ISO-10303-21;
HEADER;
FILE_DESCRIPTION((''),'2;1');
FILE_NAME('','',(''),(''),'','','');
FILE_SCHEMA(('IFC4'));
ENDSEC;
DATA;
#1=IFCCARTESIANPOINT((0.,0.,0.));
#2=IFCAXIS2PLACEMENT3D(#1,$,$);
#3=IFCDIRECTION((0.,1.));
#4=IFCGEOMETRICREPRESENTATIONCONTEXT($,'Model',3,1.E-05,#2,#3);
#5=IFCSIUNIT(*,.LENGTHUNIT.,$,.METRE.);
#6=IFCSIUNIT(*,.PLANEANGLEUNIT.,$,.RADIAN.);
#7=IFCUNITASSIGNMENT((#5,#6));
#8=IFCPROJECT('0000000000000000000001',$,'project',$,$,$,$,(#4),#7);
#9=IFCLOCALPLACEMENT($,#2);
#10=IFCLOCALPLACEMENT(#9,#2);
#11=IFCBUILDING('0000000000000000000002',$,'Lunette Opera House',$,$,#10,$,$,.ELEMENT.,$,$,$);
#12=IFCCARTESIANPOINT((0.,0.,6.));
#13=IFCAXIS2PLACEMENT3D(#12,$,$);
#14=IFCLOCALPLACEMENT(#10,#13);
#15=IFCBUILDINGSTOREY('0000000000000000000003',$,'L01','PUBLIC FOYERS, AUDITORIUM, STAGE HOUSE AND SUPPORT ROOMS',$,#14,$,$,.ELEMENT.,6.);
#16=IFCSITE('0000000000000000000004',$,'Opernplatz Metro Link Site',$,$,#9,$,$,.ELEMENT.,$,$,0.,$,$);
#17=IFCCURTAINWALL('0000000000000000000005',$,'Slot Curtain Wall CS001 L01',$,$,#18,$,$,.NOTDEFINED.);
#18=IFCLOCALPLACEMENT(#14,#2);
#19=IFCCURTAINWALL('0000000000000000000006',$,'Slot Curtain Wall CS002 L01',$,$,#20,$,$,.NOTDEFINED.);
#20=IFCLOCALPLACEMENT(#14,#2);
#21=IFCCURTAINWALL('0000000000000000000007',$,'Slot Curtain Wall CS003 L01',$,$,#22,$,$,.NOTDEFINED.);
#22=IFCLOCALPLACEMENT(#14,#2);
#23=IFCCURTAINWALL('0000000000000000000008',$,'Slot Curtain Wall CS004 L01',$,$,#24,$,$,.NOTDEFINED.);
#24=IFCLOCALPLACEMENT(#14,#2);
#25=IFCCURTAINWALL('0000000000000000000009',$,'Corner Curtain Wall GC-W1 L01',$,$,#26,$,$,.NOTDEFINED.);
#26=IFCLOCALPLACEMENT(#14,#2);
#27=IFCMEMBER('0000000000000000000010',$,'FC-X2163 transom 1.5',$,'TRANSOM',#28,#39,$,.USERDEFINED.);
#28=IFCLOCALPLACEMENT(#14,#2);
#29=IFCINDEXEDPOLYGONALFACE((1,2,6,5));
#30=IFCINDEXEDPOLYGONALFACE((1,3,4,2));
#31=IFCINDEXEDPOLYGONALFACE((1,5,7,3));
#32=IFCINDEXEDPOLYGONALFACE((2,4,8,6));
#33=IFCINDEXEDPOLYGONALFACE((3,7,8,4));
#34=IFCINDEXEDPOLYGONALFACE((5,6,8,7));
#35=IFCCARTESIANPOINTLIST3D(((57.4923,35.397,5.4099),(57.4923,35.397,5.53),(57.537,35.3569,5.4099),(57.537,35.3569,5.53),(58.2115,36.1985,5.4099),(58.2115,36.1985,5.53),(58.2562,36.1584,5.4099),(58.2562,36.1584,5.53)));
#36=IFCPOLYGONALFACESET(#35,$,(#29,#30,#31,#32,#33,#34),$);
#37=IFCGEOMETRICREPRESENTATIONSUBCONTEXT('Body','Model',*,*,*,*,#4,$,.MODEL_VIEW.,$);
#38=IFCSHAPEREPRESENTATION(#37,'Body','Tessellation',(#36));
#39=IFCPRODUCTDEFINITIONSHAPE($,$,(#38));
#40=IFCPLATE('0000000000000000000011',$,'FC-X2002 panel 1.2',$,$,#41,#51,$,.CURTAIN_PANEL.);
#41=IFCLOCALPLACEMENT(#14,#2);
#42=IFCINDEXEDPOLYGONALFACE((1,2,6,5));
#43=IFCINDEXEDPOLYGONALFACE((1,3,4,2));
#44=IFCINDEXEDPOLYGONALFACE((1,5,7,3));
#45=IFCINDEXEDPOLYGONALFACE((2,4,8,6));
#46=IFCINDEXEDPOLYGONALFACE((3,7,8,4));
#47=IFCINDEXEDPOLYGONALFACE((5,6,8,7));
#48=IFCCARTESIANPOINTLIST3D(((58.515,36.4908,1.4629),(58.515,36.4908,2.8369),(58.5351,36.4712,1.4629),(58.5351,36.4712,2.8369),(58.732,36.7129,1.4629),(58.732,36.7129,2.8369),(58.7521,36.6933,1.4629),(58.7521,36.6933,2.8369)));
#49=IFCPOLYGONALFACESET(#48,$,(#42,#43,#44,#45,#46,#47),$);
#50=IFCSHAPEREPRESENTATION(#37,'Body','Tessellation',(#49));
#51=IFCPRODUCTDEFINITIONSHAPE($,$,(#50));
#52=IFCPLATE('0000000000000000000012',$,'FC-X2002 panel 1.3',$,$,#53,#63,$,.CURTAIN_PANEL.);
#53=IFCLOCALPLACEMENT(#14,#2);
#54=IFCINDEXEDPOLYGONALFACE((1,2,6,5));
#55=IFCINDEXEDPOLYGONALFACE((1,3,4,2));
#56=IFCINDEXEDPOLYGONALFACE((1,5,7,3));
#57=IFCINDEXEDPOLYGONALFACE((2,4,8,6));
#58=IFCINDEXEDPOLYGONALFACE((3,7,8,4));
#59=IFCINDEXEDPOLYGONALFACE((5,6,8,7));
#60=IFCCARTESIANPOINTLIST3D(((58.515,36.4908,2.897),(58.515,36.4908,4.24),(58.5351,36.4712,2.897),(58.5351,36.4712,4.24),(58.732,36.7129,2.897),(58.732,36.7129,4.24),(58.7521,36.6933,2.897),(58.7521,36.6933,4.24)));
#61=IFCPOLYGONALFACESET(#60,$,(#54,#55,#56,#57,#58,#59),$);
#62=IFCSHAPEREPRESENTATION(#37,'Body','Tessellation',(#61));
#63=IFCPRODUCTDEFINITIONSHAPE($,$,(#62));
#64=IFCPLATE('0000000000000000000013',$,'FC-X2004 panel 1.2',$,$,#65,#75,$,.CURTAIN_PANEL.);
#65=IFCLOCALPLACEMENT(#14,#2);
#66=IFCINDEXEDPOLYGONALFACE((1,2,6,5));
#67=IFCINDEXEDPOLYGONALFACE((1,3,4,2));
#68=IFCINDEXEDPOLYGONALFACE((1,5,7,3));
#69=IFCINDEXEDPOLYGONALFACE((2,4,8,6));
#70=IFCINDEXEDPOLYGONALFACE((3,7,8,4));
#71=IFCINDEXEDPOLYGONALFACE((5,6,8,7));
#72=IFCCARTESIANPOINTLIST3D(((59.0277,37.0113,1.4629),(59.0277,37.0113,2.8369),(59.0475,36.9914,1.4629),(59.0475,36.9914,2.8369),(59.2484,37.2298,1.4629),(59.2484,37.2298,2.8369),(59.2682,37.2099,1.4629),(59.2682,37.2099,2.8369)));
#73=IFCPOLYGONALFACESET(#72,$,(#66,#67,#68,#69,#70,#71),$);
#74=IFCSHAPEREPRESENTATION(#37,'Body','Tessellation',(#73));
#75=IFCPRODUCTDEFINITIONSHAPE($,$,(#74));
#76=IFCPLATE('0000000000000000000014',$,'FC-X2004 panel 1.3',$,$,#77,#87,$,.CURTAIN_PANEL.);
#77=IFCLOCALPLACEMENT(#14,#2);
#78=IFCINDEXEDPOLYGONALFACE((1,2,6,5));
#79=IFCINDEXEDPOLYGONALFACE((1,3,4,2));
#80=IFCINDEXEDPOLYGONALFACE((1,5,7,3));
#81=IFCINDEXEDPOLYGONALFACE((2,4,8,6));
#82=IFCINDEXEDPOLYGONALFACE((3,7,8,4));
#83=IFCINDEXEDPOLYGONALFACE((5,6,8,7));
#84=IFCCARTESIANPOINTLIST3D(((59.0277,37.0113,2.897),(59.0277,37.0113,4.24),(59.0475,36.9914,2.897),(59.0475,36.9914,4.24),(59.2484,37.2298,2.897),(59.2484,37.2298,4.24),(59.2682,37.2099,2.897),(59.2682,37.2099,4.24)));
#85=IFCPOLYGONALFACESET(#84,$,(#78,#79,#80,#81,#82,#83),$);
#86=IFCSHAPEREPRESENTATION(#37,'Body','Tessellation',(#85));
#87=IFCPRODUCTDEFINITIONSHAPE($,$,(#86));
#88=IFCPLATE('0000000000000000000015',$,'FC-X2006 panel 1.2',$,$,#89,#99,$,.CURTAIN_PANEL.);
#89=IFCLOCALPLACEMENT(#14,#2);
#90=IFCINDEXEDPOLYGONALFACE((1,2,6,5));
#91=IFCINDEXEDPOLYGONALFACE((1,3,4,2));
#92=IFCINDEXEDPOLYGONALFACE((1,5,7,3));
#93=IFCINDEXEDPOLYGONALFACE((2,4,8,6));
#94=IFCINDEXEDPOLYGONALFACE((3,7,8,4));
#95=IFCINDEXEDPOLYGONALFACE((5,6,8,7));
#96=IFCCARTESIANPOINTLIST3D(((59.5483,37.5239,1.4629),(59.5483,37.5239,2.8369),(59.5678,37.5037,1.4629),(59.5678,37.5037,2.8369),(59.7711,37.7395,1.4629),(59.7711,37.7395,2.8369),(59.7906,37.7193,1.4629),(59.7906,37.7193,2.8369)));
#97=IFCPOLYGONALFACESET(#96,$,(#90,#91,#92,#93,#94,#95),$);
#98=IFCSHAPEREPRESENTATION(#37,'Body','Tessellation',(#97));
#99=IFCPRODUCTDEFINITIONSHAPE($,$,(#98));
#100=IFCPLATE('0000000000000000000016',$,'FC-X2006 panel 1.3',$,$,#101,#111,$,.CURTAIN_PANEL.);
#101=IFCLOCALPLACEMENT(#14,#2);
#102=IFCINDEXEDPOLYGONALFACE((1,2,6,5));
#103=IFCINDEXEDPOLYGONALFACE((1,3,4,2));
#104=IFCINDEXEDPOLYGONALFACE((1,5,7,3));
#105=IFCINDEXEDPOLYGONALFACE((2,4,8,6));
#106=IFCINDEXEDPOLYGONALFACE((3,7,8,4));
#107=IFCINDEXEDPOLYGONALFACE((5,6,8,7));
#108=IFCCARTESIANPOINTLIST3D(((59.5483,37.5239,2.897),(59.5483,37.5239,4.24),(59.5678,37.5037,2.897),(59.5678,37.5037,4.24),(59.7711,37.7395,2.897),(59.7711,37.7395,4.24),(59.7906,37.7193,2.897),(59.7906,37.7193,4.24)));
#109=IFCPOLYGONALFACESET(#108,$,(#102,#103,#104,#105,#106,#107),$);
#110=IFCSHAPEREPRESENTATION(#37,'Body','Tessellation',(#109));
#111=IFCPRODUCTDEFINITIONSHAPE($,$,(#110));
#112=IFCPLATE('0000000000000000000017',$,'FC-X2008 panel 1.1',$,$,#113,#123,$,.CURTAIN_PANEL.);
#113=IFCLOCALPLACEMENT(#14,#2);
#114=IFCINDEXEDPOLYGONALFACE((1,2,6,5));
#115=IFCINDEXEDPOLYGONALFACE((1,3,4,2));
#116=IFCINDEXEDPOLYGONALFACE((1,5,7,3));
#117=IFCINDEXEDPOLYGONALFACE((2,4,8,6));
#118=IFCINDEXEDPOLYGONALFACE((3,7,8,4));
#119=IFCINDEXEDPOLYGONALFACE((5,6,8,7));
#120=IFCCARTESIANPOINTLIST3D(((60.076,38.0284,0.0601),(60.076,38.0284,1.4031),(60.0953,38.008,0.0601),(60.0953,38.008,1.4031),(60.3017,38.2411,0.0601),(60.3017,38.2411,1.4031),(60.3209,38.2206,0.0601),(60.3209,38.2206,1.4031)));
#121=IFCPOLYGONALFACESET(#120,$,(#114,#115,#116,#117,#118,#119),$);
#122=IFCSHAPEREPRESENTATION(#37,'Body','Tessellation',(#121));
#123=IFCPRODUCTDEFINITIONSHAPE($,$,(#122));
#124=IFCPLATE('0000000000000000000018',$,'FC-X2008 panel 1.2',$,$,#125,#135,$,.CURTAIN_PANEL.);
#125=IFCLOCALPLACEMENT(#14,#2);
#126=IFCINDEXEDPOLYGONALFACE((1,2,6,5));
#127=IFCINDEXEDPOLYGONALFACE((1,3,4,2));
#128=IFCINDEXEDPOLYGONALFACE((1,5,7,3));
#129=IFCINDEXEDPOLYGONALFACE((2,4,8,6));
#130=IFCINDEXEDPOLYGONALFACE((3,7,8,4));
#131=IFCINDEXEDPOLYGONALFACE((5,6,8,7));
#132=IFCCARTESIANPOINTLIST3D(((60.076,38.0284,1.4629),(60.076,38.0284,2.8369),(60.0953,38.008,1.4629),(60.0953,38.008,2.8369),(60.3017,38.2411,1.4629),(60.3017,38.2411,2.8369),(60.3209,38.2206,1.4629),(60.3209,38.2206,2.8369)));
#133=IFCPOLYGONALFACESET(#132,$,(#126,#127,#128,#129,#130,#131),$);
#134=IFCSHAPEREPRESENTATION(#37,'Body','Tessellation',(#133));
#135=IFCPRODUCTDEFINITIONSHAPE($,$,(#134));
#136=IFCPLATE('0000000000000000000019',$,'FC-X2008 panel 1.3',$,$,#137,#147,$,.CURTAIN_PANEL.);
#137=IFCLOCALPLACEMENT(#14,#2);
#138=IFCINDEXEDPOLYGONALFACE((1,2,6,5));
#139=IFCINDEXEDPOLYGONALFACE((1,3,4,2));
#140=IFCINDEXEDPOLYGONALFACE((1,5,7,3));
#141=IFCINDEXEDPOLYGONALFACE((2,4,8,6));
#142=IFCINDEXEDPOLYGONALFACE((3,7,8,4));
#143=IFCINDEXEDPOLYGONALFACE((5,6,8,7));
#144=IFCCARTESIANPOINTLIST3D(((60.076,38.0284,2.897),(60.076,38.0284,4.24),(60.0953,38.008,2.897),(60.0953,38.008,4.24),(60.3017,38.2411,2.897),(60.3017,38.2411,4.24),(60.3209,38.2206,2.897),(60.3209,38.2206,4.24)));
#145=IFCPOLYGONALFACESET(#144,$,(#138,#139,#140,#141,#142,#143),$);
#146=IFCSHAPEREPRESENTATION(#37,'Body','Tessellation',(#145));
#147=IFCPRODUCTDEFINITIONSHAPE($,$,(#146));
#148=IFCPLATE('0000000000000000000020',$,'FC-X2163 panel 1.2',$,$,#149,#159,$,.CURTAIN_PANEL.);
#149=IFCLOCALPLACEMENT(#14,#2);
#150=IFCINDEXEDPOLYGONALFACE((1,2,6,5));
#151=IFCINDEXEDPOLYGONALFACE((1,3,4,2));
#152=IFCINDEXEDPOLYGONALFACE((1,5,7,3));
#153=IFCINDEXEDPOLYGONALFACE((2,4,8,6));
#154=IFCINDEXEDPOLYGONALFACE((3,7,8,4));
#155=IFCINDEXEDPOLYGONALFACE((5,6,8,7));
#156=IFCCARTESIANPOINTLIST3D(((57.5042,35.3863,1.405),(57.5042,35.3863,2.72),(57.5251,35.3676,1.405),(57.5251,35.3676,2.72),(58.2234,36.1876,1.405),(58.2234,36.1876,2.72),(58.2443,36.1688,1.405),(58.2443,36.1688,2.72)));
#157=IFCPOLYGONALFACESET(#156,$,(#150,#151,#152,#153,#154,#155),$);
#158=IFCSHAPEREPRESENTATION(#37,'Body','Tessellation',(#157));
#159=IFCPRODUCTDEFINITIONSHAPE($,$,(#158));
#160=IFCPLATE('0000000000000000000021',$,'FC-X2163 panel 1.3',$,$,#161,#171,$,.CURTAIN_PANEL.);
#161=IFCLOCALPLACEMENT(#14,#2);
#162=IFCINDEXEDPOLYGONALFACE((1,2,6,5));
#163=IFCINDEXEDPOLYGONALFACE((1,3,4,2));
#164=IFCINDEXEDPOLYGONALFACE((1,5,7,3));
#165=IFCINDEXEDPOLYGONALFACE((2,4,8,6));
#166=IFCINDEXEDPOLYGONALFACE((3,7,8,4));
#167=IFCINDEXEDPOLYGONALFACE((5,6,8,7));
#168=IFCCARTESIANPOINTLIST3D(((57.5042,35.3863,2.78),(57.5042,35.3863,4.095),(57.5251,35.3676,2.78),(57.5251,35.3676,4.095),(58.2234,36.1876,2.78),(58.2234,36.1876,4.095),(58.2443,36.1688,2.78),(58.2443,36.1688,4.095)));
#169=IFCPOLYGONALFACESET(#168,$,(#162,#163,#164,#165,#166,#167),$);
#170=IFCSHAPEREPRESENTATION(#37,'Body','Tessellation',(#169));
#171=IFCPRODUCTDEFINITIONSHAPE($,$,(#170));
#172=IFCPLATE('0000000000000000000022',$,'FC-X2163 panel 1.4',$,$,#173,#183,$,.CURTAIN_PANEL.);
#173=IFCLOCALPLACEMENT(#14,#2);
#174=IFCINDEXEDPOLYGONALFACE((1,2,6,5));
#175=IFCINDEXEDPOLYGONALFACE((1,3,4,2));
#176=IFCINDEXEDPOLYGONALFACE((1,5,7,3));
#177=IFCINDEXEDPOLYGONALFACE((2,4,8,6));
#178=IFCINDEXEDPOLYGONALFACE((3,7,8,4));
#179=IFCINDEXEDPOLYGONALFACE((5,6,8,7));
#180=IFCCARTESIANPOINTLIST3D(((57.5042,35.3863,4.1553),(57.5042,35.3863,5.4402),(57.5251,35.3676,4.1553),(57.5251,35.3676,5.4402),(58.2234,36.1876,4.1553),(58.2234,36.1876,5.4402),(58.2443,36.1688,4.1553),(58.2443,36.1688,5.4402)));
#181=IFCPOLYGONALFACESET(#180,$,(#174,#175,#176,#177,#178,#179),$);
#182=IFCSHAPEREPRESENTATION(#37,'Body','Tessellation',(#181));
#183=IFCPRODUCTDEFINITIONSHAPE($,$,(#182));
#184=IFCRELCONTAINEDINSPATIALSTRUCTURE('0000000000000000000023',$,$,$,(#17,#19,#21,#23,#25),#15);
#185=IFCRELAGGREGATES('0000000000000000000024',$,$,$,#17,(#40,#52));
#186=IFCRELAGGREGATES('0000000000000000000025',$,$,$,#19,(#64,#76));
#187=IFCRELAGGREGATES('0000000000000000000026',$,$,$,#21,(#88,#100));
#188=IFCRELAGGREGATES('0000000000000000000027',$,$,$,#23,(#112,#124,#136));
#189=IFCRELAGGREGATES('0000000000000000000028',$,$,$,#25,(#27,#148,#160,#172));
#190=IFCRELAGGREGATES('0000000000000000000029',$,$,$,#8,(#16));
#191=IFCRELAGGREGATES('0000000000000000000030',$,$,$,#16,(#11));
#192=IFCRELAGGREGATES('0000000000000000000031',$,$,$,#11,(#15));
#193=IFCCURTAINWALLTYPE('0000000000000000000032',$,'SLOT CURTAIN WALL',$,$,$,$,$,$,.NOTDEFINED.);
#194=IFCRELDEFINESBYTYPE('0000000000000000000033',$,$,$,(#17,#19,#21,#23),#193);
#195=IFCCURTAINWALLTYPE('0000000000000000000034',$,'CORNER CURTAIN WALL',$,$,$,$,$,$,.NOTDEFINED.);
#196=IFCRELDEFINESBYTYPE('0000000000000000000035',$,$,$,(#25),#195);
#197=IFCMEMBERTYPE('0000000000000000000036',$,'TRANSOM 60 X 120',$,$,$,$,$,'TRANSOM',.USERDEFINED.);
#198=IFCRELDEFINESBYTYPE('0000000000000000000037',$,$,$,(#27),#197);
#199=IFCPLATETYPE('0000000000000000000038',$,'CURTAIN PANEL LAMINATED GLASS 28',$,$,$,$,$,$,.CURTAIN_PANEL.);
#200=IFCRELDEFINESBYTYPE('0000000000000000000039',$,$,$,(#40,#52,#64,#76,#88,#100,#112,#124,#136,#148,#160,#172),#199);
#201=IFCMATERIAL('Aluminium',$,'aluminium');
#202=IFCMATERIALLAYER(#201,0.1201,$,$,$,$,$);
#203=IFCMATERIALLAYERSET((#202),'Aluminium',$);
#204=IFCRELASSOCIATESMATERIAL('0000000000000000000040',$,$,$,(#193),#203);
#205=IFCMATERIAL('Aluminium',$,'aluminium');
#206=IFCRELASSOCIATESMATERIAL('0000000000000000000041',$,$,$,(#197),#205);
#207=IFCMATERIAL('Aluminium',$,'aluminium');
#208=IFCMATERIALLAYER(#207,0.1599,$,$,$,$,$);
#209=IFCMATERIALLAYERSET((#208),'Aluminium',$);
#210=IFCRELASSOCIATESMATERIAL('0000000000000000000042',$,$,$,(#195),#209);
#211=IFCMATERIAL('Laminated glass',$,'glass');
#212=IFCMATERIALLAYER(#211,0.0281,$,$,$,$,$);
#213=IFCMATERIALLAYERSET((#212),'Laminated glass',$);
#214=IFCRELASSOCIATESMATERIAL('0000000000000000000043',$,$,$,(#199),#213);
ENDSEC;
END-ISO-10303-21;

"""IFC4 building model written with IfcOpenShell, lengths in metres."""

from ifc_helpers import new_model, si_unit, direction, frame, origin, origin_2d, place, context, subcontext, project, spatial, rectangle, extrude, material, layer, layer_set, material_profile, profile_set, type_object, element, aggregate, save


model = new_model("IFC4")

# Units and contexts
model_context = context("Model", 3, precision=1e-05, world=origin(), true_north=direction((0.0, 1.0)))
body_context = subcontext(model_context, "Body", "Model", "MODEL_VIEW")
ifc_project = project(units=[si_unit("LENGTHUNIT", "METRE"), si_unit("PLANEANGLEUNIT", "RADIAN")], contexts=[model_context])

# Site, building, storey
site_placement = place(None, origin())
site = spatial("IfcSite", under=ifc_project, at=site_placement, Name="Opernplatz Metro Link Site", CompositionType="ELEMENT", RefElevation=0.0)
building_placement = place(site_placement, origin())
building = spatial("IfcBuilding", under=site, at=building_placement, Name="Lunette Opera House", CompositionType="ELEMENT")
storey_placement = place(building_placement, frame((0.0, 0.0, 6.0)))
storey = spatial("IfcBuildingStorey", under=building, at=storey_placement, Name="L01", Description="PUBLIC FOYERS, AUDITORIUM, STAGE HOUSE AND SUPPORT ROOMS", CompositionType="ELEMENT", Elevation=6.0)

# Curtain walls, member
ifc_material_1 = material(Name="Aluminium", Category="aluminium")
ifc_layer_1 = layer(ifc_material_1, 0.1201)
ifc_layer_set_1 = layer_set([ifc_layer_1], Name="Aluminium")
curtain_wall_type_1 = type_object("IfcCurtainWallType", Name="SLOT CURTAIN WALL", PredefinedType="NOTDEFINED", material=ifc_layer_set_1)
curtain_wall_1_placement = place(storey_placement, origin())
curtain_wall_1 = element("IfcCurtainWall", 1, at=curtain_wall_1_placement, inside=storey, type_object=curtain_wall_type_1, Name="Slot Curtain Wall CS001 L01", PredefinedType="NOTDEFINED")
ifc_material_2 = material(Name="Aluminium", Category="aluminium")
ifc_material_profile = material_profile(ifc_material_2, rectangle(XDim=0.0601, YDim=0.1201, at=origin_2d()), Name="TRANSOM 60 X 120")
ifc_profile_set = profile_set([ifc_material_profile], Name="Aluminium")
member_type = type_object("IfcMemberType", Name="TRANSOM 60 X 120", ElementType="TRANSOM", PredefinedType="USERDEFINED", material=ifc_profile_set)
curtain_wall_2_placement = place(storey_placement, origin())
curtain_wall_2 = element("IfcCurtainWall", 2, at=curtain_wall_2_placement, inside=storey, type_object=curtain_wall_type_1, Name="Slot Curtain Wall CS002 L01", PredefinedType="NOTDEFINED")
curtain_wall_3_placement = place(storey_placement, origin())
curtain_wall_3 = element("IfcCurtainWall", 3, at=curtain_wall_3_placement, inside=storey, type_object=curtain_wall_type_1, Name="Slot Curtain Wall CS003 L01", PredefinedType="NOTDEFINED")
curtain_wall_4_placement = place(storey_placement, origin())
curtain_wall_4 = element("IfcCurtainWall", 4, at=curtain_wall_4_placement, inside=storey, type_object=curtain_wall_type_1, Name="Slot Curtain Wall CS004 L01", PredefinedType="NOTDEFINED")
ifc_material_3 = material(Name="Aluminium", Category="aluminium")
ifc_layer_2 = layer(ifc_material_3, 0.1599)
ifc_layer_set_2 = layer_set([ifc_layer_2], Name="Aluminium")
curtain_wall_type_2 = type_object("IfcCurtainWallType", Name="CORNER CURTAIN WALL", PredefinedType="NOTDEFINED", material=ifc_layer_set_2)
curtain_wall_5_placement = place(storey_placement, origin())
curtain_wall_5 = element("IfcCurtainWall", 5, at=curtain_wall_5_placement, inside=storey, type_object=curtain_wall_type_2, Name="Corner Curtain Wall GC-W1 L01", PredefinedType="NOTDEFINED")
member_1_placement = place(storey_placement, frame((58.2339, 36.1785, 5.47), z_axis=(-0.667874, -0.744274, 0.0), x_axis=(0.744274, -0.667874, 0.0)))
member_1 = element("IfcMember", 6, at=member_1_placement, type_object=member_type, Name="FC-X2163 transom 1.5", ObjectType="TRANSOM", PredefinedType="USERDEFINED", context=body_context, shape_type="SweptSolid", body=[
    extrude(rectangle(XDim=0.0601, YDim=0.1201, at=origin_2d()), origin(), (0.0, 0.0, 1.0), 1.0769),
])

# Plates
ifc_material_4 = material(Name="Laminated glass", Category="glass")
ifc_layer_3 = layer(ifc_material_4, 0.0281)
ifc_layer_set_3 = layer_set([ifc_layer_3], Name="Laminated glass")
plate_type = type_object("IfcPlateType", Name="CURTAIN PANEL LAMINATED GLASS 28", PredefinedType="CURTAIN_PANEL", material=ifc_layer_set_3)
plate_1_placement = place(storey_placement, frame((58.6335, 36.592, 1.4629), z_axis=(0.0, 0.0, 1.0), x_axis=(0.698933, 0.715187, 0.0)))
plate_1 = element("IfcPlate", 7, at=plate_1_placement, type_object=plate_type, Name="FC-X2002 panel 1.2", PredefinedType="CURTAIN_PANEL", context=body_context, shape_type="SweptSolid", body=[
    extrude(rectangle(XDim=0.3105, YDim=0.0281, at=origin_2d()), origin(), (0.0, 0.0, 1.0), 1.374),
])
plate_2_placement = place(storey_placement, frame((58.6335, 36.592, 2.897), z_axis=(0.0, 0.0, 1.0), x_axis=(0.698933, 0.715187, 0.0)))
plate_2 = element("IfcPlate", 8, at=plate_2_placement, type_object=plate_type, Name="FC-X2002 panel 1.3", PredefinedType="CURTAIN_PANEL", context=body_context, shape_type="SweptSolid", body=[
    extrude(rectangle(XDim=0.3105, YDim=0.0281, at=origin_2d()), origin(), (0.0, 0.0, 1.0), 1.343),
])
aggregate(curtain_wall_1, [plate_1, plate_2])
plate_3_placement = place(storey_placement, frame((59.1479, 37.1106, 1.4629), z_axis=(0.0, 0.0, 1.0), x_axis=(0.710581, 0.703615, 0.0)))
plate_3 = element("IfcPlate", 9, at=plate_3_placement, type_object=plate_type, Name="FC-X2004 panel 1.2", PredefinedType="CURTAIN_PANEL", context=body_context, shape_type="SweptSolid", body=[
    extrude(rectangle(XDim=0.3105, YDim=0.0281, at=origin_2d()), origin(), (0.0, 0.0, 1.0), 1.374),
])
plate_4_placement = place(storey_placement, frame((59.1479, 37.1106, 2.897), z_axis=(0.0, 0.0, 1.0), x_axis=(0.710581, 0.703615, 0.0)))
plate_4 = element("IfcPlate", 10, at=plate_4_placement, type_object=plate_type, Name="FC-X2004 panel 1.3", PredefinedType="CURTAIN_PANEL", context=body_context, shape_type="SweptSolid", body=[
    extrude(rectangle(XDim=0.3105, YDim=0.0281, at=origin_2d()), origin(), (0.0, 0.0, 1.0), 1.343),
])
aggregate(curtain_wall_2, [plate_3, plate_4])
plate_5_placement = place(storey_placement, frame((59.6694, 37.6216, 1.4629), z_axis=(0.0, 0.0, 1.0), x_axis=(0.71864, 0.695383, 0.0)))
plate_5 = element("IfcPlate", 11, at=plate_5_placement, type_object=plate_type, Name="FC-X2006 panel 1.2", PredefinedType="CURTAIN_PANEL", context=body_context, shape_type="SweptSolid", body=[
    extrude(rectangle(XDim=0.3101, YDim=0.0281, at=origin_2d()), origin(), (0.0, 0.0, 1.0), 1.374),
])
plate_6_placement = place(storey_placement, frame((59.6694, 37.6216, 2.897), z_axis=(0.0, 0.0, 1.0), x_axis=(0.71864, 0.695383, 0.0)))
plate_6 = element("IfcPlate", 12, at=plate_6_placement, type_object=plate_type, Name="FC-X2006 panel 1.3", PredefinedType="CURTAIN_PANEL", context=body_context, shape_type="SweptSolid", body=[
    extrude(rectangle(XDim=0.3101, YDim=0.0281, at=origin_2d()), origin(), (0.0, 0.0, 1.0), 1.343),
])
aggregate(curtain_wall_3, [plate_5, plate_6])
plate_7_placement = place(storey_placement, frame((60.1985, 38.1245, 0.0601), z_axis=(0.0, 0.0, 1.0), x_axis=(0.727722, 0.685872, 0.0)))
plate_7 = element("IfcPlate", 13, at=plate_7_placement, type_object=plate_type, Name="FC-X2008 panel 1.1", PredefinedType="CURTAIN_PANEL", context=body_context, shape_type="SweptSolid", body=[
    extrude(rectangle(XDim=0.3101, YDim=0.0281, at=origin_2d()), origin(), (0.0, 0.0, 1.0), 1.343),
])
plate_8_placement = place(storey_placement, frame((60.1985, 38.1245, 1.4629), z_axis=(0.0, 0.0, 1.0), x_axis=(0.727722, 0.685872, 0.0)))
plate_8 = element("IfcPlate", 14, at=plate_8_placement, type_object=plate_type, Name="FC-X2008 panel 1.2", PredefinedType="CURTAIN_PANEL", context=body_context, shape_type="SweptSolid", body=[
    extrude(rectangle(XDim=0.3101, YDim=0.0281, at=origin_2d()), origin(), (0.0, 0.0, 1.0), 1.374),
])
plate_9_placement = place(storey_placement, frame((60.1985, 38.1245, 2.897), z_axis=(0.0, 0.0, 1.0), x_axis=(0.727722, 0.685872, 0.0)))
plate_9 = element("IfcPlate", 15, at=plate_9_placement, type_object=plate_type, Name="FC-X2008 panel 1.3", PredefinedType="CURTAIN_PANEL", context=body_context, shape_type="SweptSolid", body=[
    extrude(rectangle(XDim=0.3101, YDim=0.0281, at=origin_2d()), origin(), (0.0, 0.0, 1.0), 1.343),
])
aggregate(curtain_wall_4, [plate_7, plate_8, plate_9])
plate_10_placement = place(storey_placement, frame((57.8743, 35.7776, 1.405), z_axis=(0.0, 0.0, 1.0), x_axis=(-0.667938, -0.744217, 0.0)))
plate_10 = element("IfcPlate", 16, at=plate_10_placement, type_object=plate_type, Name="FC-X2163 panel 1.2", PredefinedType="CURTAIN_PANEL", context=body_context, shape_type="SweptSolid", body=[
    extrude(rectangle(XDim=1.0767, YDim=0.0281, at=origin_2d()), origin(), (0.0, 0.0, 1.0), 1.3149),
])
plate_11_placement = place(storey_placement, frame((57.8743, 35.7776, 2.78), z_axis=(0.0, 0.0, 1.0), x_axis=(-0.667938, -0.744217, 0.0)))
plate_11 = element("IfcPlate", 17, at=plate_11_placement, type_object=plate_type, Name="FC-X2163 panel 1.3", PredefinedType="CURTAIN_PANEL", context=body_context, shape_type="SweptSolid", body=[
    extrude(rectangle(XDim=1.0767, YDim=0.0281, at=origin_2d()), origin(), (0.0, 0.0, 1.0), 1.3149),
])
plate_12_placement = place(storey_placement, frame((57.8743, 35.7776, 4.1553), z_axis=(0.0, 0.0, 1.0), x_axis=(-0.667938, -0.744217, 0.0)))
plate_12 = element("IfcPlate", 18, at=plate_12_placement, type_object=plate_type, Name="FC-X2163 panel 1.4", PredefinedType="CURTAIN_PANEL", context=body_context, shape_type="SweptSolid", body=[
    extrude(rectangle(XDim=1.0767, YDim=0.0281, at=origin_2d()), origin(), (0.0, 0.0, 1.0), 1.2849),
])
aggregate(curtain_wall_5, [member_1, plate_10, plate_11, plate_12])

save(model, "model.ifc")
